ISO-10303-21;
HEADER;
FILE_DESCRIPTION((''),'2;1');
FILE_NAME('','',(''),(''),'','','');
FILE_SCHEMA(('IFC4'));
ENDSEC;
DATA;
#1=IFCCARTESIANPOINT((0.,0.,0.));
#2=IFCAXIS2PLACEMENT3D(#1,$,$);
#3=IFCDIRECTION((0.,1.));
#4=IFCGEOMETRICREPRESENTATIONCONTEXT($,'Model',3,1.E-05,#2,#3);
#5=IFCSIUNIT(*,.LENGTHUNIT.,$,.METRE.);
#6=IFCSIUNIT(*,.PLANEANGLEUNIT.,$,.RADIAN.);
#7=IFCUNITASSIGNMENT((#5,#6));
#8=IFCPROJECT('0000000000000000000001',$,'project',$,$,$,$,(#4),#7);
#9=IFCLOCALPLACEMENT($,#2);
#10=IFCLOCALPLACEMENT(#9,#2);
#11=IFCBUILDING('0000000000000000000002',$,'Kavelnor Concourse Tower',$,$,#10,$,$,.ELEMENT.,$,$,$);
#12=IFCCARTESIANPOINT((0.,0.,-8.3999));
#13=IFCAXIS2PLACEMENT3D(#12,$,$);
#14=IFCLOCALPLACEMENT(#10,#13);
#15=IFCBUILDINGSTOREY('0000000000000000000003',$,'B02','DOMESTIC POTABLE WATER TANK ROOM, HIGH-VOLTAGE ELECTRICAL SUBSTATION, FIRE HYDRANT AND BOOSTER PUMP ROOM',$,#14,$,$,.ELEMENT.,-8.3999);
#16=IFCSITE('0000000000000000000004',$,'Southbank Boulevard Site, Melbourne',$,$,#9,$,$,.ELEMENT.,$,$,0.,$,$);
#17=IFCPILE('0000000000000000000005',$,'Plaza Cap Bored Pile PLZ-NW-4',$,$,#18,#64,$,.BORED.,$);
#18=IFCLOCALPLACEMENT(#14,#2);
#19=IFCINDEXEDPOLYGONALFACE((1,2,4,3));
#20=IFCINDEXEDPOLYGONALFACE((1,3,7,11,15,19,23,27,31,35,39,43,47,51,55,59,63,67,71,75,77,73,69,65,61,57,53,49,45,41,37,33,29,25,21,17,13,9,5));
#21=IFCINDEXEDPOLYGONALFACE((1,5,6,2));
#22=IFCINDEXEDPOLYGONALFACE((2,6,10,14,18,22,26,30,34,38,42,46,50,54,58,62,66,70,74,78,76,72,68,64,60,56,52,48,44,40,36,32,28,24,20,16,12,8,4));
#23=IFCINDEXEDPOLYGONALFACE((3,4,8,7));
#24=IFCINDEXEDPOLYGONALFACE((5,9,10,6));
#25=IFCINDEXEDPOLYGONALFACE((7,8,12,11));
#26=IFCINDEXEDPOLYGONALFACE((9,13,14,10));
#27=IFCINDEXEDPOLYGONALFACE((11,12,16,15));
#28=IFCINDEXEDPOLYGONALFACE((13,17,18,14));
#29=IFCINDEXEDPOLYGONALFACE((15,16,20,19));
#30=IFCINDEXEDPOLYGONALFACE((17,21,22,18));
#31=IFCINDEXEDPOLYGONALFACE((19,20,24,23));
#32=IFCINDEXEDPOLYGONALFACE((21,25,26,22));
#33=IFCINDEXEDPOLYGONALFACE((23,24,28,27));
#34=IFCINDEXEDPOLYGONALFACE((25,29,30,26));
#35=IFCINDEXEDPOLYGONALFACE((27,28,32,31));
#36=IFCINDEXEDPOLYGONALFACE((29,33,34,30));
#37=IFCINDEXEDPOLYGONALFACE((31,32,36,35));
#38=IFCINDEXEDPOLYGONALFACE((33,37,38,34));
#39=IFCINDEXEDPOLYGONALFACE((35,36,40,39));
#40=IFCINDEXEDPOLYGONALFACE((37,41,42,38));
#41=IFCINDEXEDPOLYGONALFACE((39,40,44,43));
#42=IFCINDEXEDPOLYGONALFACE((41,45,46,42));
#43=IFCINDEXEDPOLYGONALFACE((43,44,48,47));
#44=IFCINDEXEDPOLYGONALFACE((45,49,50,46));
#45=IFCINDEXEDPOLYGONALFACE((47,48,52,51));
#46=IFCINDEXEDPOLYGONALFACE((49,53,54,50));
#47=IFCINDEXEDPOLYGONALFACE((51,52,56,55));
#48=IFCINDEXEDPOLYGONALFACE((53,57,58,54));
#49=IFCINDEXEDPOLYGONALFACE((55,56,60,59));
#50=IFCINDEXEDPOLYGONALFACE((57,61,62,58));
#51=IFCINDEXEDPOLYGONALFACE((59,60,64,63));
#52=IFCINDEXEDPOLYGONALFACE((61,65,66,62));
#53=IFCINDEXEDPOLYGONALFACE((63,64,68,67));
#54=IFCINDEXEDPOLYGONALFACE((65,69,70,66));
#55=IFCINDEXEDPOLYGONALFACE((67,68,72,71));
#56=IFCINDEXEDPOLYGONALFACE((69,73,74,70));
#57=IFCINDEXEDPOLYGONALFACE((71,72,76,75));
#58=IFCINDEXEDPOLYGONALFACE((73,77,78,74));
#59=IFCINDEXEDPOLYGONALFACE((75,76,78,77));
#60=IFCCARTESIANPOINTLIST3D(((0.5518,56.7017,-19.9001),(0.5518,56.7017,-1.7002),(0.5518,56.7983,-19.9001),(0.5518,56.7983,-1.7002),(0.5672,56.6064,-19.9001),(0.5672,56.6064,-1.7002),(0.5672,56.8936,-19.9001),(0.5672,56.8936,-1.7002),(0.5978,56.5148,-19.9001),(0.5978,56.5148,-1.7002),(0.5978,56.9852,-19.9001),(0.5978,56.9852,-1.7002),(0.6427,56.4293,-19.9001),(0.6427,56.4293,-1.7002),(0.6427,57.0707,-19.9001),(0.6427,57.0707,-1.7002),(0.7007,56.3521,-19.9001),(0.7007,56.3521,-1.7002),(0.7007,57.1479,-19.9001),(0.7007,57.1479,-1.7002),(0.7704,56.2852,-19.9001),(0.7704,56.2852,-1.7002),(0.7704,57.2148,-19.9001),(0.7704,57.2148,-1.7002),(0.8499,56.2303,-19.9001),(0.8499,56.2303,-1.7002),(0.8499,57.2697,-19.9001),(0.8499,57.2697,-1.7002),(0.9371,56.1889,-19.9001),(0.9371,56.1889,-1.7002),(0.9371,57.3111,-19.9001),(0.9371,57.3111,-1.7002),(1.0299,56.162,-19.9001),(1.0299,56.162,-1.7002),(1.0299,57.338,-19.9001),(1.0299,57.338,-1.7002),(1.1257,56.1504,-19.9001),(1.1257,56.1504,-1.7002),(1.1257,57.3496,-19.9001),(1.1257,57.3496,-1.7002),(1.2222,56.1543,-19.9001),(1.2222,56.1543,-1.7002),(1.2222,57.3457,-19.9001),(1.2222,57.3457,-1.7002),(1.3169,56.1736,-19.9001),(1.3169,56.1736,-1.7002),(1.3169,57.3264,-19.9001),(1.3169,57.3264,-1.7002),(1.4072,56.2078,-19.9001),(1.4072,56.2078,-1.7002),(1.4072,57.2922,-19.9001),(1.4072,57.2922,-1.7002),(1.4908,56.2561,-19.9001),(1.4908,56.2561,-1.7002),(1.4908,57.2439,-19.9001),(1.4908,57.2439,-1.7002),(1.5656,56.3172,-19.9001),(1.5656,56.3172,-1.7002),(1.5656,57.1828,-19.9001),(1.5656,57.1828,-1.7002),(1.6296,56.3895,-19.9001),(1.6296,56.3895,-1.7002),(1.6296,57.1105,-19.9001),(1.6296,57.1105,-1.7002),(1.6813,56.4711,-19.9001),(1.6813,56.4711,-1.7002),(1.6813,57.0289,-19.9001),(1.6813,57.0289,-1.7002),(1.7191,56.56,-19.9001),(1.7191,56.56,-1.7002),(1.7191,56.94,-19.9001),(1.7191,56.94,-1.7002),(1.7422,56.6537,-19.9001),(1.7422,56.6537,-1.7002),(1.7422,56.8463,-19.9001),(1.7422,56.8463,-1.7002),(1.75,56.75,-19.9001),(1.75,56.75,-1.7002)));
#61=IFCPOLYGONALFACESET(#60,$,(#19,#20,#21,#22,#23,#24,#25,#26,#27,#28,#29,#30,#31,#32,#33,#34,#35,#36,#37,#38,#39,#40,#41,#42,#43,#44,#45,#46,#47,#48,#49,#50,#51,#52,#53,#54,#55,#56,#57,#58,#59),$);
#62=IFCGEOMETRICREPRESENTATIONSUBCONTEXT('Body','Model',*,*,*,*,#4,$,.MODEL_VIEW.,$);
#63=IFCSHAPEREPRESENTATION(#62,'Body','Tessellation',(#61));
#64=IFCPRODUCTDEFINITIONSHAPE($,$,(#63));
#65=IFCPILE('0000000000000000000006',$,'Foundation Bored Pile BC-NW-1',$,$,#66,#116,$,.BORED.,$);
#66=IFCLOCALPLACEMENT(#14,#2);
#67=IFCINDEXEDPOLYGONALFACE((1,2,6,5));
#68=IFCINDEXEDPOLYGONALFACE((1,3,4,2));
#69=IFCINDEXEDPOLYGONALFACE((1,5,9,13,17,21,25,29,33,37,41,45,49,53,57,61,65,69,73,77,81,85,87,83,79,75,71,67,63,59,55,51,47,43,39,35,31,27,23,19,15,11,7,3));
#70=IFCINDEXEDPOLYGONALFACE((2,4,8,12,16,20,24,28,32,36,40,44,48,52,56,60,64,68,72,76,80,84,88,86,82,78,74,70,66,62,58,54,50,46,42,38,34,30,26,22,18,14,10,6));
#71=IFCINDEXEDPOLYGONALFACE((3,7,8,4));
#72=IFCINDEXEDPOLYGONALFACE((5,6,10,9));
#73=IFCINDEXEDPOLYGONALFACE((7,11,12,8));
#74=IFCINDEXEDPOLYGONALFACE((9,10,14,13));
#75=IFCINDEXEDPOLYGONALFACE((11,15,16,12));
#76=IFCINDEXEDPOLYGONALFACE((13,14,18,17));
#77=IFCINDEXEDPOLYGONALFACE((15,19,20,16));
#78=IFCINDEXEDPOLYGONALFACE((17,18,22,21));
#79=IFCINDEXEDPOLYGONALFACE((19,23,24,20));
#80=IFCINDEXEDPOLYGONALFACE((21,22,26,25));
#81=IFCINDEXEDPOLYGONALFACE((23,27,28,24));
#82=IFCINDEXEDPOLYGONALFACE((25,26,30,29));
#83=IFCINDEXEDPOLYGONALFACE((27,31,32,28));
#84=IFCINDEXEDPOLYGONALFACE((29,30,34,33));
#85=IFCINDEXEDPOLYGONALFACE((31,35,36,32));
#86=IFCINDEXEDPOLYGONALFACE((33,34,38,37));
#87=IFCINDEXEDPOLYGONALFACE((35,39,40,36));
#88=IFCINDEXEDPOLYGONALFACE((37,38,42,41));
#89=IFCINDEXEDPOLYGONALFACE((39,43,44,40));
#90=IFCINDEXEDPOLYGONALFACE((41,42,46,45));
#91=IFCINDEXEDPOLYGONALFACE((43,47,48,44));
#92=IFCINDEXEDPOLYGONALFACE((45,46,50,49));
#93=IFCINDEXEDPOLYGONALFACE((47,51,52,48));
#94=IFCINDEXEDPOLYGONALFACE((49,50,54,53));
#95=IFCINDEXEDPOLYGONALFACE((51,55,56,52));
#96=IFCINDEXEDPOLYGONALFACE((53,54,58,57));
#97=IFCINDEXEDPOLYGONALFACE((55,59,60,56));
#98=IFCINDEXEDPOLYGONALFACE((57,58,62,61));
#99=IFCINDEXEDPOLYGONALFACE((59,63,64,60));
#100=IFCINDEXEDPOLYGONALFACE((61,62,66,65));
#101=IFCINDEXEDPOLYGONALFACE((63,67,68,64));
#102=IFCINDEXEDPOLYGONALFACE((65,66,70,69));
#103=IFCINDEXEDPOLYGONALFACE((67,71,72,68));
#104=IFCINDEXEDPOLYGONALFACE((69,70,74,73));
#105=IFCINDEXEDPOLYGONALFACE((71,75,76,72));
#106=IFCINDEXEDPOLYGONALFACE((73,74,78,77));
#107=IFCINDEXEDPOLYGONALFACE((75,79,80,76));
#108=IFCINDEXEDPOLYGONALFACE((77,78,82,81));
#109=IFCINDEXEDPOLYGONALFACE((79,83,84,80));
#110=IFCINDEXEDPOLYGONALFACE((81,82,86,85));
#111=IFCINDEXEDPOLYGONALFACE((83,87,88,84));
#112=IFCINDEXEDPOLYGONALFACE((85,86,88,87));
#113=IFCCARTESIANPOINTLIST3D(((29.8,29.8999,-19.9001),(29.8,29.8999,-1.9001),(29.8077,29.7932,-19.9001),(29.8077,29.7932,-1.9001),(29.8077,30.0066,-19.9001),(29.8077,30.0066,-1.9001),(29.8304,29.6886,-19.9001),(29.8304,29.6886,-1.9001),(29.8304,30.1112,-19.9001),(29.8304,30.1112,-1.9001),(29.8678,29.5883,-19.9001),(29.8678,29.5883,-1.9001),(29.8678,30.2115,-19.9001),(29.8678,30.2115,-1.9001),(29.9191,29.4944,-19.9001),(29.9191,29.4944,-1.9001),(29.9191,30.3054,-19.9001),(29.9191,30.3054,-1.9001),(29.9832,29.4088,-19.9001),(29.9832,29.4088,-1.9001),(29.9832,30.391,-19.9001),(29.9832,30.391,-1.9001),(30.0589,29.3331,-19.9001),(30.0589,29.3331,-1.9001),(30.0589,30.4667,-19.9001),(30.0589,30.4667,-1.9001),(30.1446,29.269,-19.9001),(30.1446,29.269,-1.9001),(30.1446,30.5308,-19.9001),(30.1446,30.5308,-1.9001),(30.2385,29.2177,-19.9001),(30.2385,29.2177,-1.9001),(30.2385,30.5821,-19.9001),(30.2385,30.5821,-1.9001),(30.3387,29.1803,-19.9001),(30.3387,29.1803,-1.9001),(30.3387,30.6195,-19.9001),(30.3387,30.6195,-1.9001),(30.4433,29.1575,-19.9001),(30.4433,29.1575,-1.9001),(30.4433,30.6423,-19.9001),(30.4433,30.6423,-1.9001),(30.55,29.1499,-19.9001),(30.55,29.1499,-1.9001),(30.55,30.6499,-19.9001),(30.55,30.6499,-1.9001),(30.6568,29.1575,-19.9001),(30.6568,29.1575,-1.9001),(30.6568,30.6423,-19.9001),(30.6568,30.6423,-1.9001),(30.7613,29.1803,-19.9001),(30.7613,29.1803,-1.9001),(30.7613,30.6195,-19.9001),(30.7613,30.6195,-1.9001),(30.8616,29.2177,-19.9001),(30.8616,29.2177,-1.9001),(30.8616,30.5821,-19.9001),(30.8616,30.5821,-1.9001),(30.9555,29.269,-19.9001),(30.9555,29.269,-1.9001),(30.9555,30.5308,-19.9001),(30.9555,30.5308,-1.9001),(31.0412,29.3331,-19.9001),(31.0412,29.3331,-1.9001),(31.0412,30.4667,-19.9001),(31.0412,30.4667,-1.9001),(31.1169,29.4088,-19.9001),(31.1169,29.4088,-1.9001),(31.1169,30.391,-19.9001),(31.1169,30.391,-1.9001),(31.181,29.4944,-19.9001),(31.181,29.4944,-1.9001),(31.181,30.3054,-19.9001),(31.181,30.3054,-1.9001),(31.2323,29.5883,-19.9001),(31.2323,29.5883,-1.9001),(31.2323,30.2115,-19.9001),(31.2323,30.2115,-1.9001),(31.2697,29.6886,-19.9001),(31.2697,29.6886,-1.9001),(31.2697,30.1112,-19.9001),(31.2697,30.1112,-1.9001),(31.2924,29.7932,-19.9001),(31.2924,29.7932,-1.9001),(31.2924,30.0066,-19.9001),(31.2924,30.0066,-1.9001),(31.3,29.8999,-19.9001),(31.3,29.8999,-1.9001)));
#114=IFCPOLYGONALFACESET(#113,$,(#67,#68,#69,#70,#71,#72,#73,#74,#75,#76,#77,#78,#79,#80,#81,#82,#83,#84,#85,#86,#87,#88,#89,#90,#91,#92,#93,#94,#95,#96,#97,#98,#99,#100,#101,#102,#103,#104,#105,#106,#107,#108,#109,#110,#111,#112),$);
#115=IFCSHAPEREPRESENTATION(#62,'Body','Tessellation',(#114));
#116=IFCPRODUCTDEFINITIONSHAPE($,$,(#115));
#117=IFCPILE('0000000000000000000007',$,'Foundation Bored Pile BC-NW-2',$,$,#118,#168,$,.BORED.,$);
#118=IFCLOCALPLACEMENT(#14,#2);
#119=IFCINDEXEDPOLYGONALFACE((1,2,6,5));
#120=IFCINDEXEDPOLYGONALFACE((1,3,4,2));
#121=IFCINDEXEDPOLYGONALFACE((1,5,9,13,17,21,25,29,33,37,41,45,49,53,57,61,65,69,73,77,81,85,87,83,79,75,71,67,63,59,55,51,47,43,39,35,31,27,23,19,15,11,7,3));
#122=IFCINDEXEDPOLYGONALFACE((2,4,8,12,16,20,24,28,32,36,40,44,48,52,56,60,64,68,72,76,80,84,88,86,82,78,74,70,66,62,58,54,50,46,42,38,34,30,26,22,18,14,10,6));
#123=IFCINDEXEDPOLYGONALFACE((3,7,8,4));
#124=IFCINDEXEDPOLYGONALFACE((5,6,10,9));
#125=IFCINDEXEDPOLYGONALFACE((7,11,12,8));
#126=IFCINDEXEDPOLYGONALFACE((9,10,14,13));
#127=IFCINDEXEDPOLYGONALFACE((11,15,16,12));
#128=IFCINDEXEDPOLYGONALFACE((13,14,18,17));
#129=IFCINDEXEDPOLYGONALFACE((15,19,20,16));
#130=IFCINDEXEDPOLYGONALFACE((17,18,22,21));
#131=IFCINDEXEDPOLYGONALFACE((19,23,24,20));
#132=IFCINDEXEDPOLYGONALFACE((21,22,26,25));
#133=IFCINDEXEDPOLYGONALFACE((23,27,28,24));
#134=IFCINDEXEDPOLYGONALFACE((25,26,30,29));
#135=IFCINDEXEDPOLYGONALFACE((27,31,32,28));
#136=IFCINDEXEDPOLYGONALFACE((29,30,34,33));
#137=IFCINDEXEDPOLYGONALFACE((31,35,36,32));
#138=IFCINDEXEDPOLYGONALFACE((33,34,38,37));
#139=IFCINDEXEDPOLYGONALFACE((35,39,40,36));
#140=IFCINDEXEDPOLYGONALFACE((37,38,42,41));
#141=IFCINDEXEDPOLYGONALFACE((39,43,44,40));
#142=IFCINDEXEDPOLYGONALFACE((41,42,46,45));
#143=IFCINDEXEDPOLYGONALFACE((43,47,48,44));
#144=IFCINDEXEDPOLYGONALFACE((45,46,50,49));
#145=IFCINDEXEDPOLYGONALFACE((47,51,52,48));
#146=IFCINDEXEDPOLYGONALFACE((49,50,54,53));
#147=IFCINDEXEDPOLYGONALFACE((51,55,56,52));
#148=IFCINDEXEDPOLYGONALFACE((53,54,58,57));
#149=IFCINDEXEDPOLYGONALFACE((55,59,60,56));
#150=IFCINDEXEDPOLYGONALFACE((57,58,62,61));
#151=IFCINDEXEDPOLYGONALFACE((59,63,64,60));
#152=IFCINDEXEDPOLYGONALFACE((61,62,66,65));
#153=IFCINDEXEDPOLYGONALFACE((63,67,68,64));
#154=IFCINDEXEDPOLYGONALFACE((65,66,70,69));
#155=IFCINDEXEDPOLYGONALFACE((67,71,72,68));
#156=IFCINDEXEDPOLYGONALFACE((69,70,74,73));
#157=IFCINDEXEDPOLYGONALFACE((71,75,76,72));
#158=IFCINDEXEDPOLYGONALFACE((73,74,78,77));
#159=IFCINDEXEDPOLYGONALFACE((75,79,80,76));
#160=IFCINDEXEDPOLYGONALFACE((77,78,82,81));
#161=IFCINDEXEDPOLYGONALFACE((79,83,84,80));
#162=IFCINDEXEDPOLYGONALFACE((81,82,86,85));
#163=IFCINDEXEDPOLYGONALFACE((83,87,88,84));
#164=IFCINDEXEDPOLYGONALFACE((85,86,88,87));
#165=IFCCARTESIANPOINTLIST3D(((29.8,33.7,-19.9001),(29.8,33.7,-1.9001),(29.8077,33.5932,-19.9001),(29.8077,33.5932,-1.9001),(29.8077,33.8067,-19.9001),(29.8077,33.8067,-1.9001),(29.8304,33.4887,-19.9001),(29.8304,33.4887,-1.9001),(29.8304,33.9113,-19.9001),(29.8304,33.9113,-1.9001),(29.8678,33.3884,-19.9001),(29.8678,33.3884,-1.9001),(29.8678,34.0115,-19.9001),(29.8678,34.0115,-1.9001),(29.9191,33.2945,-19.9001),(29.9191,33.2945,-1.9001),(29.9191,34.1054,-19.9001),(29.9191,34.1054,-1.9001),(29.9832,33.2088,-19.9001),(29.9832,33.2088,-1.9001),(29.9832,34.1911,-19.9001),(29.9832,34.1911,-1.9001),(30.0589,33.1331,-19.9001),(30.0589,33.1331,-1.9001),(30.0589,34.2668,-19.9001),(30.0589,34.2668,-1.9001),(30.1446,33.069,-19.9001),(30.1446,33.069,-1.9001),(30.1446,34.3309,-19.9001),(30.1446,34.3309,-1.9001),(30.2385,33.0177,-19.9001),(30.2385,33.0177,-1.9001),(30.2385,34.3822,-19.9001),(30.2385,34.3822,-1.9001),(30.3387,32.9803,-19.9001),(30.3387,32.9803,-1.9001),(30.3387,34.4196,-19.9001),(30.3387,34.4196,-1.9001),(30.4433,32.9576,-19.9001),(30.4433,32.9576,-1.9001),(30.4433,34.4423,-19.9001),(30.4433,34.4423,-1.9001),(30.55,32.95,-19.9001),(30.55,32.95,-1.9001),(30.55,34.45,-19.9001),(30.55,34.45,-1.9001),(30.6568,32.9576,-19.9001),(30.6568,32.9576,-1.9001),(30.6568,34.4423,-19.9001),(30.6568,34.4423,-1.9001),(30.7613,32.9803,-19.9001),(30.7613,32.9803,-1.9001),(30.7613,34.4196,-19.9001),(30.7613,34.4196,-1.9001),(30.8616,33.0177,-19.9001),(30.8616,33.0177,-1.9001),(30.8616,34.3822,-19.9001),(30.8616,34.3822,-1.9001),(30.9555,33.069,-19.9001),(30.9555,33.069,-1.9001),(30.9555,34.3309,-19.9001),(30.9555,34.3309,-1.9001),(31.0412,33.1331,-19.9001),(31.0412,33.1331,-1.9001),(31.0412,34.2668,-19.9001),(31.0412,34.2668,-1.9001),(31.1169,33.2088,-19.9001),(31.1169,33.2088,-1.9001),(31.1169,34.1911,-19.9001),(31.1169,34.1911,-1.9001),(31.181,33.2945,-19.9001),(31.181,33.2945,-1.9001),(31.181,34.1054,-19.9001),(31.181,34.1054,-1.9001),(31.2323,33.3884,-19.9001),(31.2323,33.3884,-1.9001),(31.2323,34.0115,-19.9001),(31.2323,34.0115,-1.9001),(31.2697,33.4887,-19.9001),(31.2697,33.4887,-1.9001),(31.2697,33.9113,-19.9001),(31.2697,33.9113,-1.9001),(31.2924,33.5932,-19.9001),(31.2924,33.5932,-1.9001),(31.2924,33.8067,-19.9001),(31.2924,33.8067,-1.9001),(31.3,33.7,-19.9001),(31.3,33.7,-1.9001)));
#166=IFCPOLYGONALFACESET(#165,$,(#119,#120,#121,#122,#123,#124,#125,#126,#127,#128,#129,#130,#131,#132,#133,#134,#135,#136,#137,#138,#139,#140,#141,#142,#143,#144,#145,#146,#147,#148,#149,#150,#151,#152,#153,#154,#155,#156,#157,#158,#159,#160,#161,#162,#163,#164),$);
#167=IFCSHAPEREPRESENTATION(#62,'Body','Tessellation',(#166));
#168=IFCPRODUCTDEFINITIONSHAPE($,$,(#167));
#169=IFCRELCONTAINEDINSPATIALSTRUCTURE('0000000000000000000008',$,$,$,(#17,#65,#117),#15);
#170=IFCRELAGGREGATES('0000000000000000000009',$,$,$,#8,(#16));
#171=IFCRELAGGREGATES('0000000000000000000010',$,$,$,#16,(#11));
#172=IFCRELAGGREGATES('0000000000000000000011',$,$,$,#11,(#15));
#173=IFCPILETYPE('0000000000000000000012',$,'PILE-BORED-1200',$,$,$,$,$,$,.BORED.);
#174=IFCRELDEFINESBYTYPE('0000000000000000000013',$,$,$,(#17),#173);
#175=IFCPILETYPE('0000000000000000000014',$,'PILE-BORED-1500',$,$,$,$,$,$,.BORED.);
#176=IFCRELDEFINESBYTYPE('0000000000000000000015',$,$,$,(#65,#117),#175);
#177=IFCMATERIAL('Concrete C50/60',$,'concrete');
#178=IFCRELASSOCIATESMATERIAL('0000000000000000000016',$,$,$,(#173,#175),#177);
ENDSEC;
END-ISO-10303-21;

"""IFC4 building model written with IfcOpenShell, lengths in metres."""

from ifc_helpers import new_model, si_unit, direction, frame, origin, origin_2d, place, context, subcontext, project, spatial, circle, extrude, material, material_profile, profile_set, type_object, element, save


model = new_model("IFC4")

# Units and contexts
model_context = context("Model", 3, precision=1e-05, world=origin(), true_north=direction((0.0, 1.0)))
body_context = subcontext(model_context, "Body", "Model", "MODEL_VIEW")
ifc_project = project(units=[si_unit("LENGTHUNIT", "METRE"), si_unit("PLANEANGLEUNIT", "RADIAN")], contexts=[model_context])

# Site, building, storey
site_placement = place(None, origin())
site = spatial("IfcSite", under=ifc_project, at=site_placement, Name="Southbank Boulevard Site, Melbourne", CompositionType="ELEMENT", RefElevation=0.0)
building_placement = place(site_placement, origin())
building = spatial("IfcBuilding", under=site, at=building_placement, Name="Kavelnor Concourse Tower", CompositionType="ELEMENT")
storey_placement = place(building_placement, frame((0.0, 0.0, -8.3999)))
storey = spatial("IfcBuildingStorey", under=building, at=storey_placement, Name="B02", Description="DOMESTIC POTABLE WATER TANK ROOM, HIGH-VOLTAGE ELECTRICAL SUBSTATION, FIRE HYDRANT AND BOOSTER PUMP ROOM", CompositionType="ELEMENT", Elevation=-8.3999)

# Shared definitions
ifc_material_1 = material(Name="Concrete C50/60", Category="concrete")

# Piles
ifc_material_profile_1 = material_profile(ifc_material_1, circle(Radius=0.6001, at=origin_2d()), Name="PILE-D1200")
ifc_profile_set_1 = profile_set([ifc_material_profile_1], Name="Concrete C50/60")
pile_type_1 = type_object("IfcPileType", Name="PILE-BORED-1200", PredefinedType="BORED", material=ifc_profile_set_1)
for number, where, z_axis, x_axis, name in (
    (1, (1.1499, 56.75, -1.7002), (0.0, 0.0, -1.0), (1.0, 0.0, 0.0), "Plaza Cap Bored Pile PLZ-NW-4"),
):
    element("IfcPile", number, at=place(storey_placement, frame(where, z_axis=z_axis, x_axis=x_axis)), inside=storey, type_object=pile_type_1, Name=name, PredefinedType="BORED", context=body_context, shape_type="SweptSolid", body=[
        extrude(circle(Radius=0.6001, at=origin_2d()), origin(), (0.0, 0.0, 1.0), 18.2),
    ])
ifc_material_profile_2 = material_profile(ifc_material_1, circle(Radius=0.75, at=origin_2d()), Name="PILE-D1500")
ifc_profile_set_2 = profile_set([ifc_material_profile_2], Name="Concrete C50/60")
pile_type_2 = type_object("IfcPileType", Name="PILE-BORED-1500", PredefinedType="BORED", material=ifc_profile_set_2)
for number, where, z_axis, x_axis, name in (
    (2, (30.55, 29.8999, -1.9001), (0.0, 0.0, -1.0), (1.0, 0.0, 0.0), "Foundation Bored Pile BC-NW-1"),
    (3, (30.55, 33.7, -1.9001), (0.0, 0.0, -1.0), (1.0, 0.0, 0.0), "Foundation Bored Pile BC-NW-2"),
):
    element("IfcPile", number, at=place(storey_placement, frame(where, z_axis=z_axis, x_axis=x_axis)), inside=storey, type_object=pile_type_2, Name=name, PredefinedType="BORED", context=body_context, shape_type="SweptSolid", body=[
        extrude(circle(Radius=0.75, at=origin_2d()), origin(), (0.0, 0.0, 1.0), 18.0),
    ])

save(model, "model.ifc")
